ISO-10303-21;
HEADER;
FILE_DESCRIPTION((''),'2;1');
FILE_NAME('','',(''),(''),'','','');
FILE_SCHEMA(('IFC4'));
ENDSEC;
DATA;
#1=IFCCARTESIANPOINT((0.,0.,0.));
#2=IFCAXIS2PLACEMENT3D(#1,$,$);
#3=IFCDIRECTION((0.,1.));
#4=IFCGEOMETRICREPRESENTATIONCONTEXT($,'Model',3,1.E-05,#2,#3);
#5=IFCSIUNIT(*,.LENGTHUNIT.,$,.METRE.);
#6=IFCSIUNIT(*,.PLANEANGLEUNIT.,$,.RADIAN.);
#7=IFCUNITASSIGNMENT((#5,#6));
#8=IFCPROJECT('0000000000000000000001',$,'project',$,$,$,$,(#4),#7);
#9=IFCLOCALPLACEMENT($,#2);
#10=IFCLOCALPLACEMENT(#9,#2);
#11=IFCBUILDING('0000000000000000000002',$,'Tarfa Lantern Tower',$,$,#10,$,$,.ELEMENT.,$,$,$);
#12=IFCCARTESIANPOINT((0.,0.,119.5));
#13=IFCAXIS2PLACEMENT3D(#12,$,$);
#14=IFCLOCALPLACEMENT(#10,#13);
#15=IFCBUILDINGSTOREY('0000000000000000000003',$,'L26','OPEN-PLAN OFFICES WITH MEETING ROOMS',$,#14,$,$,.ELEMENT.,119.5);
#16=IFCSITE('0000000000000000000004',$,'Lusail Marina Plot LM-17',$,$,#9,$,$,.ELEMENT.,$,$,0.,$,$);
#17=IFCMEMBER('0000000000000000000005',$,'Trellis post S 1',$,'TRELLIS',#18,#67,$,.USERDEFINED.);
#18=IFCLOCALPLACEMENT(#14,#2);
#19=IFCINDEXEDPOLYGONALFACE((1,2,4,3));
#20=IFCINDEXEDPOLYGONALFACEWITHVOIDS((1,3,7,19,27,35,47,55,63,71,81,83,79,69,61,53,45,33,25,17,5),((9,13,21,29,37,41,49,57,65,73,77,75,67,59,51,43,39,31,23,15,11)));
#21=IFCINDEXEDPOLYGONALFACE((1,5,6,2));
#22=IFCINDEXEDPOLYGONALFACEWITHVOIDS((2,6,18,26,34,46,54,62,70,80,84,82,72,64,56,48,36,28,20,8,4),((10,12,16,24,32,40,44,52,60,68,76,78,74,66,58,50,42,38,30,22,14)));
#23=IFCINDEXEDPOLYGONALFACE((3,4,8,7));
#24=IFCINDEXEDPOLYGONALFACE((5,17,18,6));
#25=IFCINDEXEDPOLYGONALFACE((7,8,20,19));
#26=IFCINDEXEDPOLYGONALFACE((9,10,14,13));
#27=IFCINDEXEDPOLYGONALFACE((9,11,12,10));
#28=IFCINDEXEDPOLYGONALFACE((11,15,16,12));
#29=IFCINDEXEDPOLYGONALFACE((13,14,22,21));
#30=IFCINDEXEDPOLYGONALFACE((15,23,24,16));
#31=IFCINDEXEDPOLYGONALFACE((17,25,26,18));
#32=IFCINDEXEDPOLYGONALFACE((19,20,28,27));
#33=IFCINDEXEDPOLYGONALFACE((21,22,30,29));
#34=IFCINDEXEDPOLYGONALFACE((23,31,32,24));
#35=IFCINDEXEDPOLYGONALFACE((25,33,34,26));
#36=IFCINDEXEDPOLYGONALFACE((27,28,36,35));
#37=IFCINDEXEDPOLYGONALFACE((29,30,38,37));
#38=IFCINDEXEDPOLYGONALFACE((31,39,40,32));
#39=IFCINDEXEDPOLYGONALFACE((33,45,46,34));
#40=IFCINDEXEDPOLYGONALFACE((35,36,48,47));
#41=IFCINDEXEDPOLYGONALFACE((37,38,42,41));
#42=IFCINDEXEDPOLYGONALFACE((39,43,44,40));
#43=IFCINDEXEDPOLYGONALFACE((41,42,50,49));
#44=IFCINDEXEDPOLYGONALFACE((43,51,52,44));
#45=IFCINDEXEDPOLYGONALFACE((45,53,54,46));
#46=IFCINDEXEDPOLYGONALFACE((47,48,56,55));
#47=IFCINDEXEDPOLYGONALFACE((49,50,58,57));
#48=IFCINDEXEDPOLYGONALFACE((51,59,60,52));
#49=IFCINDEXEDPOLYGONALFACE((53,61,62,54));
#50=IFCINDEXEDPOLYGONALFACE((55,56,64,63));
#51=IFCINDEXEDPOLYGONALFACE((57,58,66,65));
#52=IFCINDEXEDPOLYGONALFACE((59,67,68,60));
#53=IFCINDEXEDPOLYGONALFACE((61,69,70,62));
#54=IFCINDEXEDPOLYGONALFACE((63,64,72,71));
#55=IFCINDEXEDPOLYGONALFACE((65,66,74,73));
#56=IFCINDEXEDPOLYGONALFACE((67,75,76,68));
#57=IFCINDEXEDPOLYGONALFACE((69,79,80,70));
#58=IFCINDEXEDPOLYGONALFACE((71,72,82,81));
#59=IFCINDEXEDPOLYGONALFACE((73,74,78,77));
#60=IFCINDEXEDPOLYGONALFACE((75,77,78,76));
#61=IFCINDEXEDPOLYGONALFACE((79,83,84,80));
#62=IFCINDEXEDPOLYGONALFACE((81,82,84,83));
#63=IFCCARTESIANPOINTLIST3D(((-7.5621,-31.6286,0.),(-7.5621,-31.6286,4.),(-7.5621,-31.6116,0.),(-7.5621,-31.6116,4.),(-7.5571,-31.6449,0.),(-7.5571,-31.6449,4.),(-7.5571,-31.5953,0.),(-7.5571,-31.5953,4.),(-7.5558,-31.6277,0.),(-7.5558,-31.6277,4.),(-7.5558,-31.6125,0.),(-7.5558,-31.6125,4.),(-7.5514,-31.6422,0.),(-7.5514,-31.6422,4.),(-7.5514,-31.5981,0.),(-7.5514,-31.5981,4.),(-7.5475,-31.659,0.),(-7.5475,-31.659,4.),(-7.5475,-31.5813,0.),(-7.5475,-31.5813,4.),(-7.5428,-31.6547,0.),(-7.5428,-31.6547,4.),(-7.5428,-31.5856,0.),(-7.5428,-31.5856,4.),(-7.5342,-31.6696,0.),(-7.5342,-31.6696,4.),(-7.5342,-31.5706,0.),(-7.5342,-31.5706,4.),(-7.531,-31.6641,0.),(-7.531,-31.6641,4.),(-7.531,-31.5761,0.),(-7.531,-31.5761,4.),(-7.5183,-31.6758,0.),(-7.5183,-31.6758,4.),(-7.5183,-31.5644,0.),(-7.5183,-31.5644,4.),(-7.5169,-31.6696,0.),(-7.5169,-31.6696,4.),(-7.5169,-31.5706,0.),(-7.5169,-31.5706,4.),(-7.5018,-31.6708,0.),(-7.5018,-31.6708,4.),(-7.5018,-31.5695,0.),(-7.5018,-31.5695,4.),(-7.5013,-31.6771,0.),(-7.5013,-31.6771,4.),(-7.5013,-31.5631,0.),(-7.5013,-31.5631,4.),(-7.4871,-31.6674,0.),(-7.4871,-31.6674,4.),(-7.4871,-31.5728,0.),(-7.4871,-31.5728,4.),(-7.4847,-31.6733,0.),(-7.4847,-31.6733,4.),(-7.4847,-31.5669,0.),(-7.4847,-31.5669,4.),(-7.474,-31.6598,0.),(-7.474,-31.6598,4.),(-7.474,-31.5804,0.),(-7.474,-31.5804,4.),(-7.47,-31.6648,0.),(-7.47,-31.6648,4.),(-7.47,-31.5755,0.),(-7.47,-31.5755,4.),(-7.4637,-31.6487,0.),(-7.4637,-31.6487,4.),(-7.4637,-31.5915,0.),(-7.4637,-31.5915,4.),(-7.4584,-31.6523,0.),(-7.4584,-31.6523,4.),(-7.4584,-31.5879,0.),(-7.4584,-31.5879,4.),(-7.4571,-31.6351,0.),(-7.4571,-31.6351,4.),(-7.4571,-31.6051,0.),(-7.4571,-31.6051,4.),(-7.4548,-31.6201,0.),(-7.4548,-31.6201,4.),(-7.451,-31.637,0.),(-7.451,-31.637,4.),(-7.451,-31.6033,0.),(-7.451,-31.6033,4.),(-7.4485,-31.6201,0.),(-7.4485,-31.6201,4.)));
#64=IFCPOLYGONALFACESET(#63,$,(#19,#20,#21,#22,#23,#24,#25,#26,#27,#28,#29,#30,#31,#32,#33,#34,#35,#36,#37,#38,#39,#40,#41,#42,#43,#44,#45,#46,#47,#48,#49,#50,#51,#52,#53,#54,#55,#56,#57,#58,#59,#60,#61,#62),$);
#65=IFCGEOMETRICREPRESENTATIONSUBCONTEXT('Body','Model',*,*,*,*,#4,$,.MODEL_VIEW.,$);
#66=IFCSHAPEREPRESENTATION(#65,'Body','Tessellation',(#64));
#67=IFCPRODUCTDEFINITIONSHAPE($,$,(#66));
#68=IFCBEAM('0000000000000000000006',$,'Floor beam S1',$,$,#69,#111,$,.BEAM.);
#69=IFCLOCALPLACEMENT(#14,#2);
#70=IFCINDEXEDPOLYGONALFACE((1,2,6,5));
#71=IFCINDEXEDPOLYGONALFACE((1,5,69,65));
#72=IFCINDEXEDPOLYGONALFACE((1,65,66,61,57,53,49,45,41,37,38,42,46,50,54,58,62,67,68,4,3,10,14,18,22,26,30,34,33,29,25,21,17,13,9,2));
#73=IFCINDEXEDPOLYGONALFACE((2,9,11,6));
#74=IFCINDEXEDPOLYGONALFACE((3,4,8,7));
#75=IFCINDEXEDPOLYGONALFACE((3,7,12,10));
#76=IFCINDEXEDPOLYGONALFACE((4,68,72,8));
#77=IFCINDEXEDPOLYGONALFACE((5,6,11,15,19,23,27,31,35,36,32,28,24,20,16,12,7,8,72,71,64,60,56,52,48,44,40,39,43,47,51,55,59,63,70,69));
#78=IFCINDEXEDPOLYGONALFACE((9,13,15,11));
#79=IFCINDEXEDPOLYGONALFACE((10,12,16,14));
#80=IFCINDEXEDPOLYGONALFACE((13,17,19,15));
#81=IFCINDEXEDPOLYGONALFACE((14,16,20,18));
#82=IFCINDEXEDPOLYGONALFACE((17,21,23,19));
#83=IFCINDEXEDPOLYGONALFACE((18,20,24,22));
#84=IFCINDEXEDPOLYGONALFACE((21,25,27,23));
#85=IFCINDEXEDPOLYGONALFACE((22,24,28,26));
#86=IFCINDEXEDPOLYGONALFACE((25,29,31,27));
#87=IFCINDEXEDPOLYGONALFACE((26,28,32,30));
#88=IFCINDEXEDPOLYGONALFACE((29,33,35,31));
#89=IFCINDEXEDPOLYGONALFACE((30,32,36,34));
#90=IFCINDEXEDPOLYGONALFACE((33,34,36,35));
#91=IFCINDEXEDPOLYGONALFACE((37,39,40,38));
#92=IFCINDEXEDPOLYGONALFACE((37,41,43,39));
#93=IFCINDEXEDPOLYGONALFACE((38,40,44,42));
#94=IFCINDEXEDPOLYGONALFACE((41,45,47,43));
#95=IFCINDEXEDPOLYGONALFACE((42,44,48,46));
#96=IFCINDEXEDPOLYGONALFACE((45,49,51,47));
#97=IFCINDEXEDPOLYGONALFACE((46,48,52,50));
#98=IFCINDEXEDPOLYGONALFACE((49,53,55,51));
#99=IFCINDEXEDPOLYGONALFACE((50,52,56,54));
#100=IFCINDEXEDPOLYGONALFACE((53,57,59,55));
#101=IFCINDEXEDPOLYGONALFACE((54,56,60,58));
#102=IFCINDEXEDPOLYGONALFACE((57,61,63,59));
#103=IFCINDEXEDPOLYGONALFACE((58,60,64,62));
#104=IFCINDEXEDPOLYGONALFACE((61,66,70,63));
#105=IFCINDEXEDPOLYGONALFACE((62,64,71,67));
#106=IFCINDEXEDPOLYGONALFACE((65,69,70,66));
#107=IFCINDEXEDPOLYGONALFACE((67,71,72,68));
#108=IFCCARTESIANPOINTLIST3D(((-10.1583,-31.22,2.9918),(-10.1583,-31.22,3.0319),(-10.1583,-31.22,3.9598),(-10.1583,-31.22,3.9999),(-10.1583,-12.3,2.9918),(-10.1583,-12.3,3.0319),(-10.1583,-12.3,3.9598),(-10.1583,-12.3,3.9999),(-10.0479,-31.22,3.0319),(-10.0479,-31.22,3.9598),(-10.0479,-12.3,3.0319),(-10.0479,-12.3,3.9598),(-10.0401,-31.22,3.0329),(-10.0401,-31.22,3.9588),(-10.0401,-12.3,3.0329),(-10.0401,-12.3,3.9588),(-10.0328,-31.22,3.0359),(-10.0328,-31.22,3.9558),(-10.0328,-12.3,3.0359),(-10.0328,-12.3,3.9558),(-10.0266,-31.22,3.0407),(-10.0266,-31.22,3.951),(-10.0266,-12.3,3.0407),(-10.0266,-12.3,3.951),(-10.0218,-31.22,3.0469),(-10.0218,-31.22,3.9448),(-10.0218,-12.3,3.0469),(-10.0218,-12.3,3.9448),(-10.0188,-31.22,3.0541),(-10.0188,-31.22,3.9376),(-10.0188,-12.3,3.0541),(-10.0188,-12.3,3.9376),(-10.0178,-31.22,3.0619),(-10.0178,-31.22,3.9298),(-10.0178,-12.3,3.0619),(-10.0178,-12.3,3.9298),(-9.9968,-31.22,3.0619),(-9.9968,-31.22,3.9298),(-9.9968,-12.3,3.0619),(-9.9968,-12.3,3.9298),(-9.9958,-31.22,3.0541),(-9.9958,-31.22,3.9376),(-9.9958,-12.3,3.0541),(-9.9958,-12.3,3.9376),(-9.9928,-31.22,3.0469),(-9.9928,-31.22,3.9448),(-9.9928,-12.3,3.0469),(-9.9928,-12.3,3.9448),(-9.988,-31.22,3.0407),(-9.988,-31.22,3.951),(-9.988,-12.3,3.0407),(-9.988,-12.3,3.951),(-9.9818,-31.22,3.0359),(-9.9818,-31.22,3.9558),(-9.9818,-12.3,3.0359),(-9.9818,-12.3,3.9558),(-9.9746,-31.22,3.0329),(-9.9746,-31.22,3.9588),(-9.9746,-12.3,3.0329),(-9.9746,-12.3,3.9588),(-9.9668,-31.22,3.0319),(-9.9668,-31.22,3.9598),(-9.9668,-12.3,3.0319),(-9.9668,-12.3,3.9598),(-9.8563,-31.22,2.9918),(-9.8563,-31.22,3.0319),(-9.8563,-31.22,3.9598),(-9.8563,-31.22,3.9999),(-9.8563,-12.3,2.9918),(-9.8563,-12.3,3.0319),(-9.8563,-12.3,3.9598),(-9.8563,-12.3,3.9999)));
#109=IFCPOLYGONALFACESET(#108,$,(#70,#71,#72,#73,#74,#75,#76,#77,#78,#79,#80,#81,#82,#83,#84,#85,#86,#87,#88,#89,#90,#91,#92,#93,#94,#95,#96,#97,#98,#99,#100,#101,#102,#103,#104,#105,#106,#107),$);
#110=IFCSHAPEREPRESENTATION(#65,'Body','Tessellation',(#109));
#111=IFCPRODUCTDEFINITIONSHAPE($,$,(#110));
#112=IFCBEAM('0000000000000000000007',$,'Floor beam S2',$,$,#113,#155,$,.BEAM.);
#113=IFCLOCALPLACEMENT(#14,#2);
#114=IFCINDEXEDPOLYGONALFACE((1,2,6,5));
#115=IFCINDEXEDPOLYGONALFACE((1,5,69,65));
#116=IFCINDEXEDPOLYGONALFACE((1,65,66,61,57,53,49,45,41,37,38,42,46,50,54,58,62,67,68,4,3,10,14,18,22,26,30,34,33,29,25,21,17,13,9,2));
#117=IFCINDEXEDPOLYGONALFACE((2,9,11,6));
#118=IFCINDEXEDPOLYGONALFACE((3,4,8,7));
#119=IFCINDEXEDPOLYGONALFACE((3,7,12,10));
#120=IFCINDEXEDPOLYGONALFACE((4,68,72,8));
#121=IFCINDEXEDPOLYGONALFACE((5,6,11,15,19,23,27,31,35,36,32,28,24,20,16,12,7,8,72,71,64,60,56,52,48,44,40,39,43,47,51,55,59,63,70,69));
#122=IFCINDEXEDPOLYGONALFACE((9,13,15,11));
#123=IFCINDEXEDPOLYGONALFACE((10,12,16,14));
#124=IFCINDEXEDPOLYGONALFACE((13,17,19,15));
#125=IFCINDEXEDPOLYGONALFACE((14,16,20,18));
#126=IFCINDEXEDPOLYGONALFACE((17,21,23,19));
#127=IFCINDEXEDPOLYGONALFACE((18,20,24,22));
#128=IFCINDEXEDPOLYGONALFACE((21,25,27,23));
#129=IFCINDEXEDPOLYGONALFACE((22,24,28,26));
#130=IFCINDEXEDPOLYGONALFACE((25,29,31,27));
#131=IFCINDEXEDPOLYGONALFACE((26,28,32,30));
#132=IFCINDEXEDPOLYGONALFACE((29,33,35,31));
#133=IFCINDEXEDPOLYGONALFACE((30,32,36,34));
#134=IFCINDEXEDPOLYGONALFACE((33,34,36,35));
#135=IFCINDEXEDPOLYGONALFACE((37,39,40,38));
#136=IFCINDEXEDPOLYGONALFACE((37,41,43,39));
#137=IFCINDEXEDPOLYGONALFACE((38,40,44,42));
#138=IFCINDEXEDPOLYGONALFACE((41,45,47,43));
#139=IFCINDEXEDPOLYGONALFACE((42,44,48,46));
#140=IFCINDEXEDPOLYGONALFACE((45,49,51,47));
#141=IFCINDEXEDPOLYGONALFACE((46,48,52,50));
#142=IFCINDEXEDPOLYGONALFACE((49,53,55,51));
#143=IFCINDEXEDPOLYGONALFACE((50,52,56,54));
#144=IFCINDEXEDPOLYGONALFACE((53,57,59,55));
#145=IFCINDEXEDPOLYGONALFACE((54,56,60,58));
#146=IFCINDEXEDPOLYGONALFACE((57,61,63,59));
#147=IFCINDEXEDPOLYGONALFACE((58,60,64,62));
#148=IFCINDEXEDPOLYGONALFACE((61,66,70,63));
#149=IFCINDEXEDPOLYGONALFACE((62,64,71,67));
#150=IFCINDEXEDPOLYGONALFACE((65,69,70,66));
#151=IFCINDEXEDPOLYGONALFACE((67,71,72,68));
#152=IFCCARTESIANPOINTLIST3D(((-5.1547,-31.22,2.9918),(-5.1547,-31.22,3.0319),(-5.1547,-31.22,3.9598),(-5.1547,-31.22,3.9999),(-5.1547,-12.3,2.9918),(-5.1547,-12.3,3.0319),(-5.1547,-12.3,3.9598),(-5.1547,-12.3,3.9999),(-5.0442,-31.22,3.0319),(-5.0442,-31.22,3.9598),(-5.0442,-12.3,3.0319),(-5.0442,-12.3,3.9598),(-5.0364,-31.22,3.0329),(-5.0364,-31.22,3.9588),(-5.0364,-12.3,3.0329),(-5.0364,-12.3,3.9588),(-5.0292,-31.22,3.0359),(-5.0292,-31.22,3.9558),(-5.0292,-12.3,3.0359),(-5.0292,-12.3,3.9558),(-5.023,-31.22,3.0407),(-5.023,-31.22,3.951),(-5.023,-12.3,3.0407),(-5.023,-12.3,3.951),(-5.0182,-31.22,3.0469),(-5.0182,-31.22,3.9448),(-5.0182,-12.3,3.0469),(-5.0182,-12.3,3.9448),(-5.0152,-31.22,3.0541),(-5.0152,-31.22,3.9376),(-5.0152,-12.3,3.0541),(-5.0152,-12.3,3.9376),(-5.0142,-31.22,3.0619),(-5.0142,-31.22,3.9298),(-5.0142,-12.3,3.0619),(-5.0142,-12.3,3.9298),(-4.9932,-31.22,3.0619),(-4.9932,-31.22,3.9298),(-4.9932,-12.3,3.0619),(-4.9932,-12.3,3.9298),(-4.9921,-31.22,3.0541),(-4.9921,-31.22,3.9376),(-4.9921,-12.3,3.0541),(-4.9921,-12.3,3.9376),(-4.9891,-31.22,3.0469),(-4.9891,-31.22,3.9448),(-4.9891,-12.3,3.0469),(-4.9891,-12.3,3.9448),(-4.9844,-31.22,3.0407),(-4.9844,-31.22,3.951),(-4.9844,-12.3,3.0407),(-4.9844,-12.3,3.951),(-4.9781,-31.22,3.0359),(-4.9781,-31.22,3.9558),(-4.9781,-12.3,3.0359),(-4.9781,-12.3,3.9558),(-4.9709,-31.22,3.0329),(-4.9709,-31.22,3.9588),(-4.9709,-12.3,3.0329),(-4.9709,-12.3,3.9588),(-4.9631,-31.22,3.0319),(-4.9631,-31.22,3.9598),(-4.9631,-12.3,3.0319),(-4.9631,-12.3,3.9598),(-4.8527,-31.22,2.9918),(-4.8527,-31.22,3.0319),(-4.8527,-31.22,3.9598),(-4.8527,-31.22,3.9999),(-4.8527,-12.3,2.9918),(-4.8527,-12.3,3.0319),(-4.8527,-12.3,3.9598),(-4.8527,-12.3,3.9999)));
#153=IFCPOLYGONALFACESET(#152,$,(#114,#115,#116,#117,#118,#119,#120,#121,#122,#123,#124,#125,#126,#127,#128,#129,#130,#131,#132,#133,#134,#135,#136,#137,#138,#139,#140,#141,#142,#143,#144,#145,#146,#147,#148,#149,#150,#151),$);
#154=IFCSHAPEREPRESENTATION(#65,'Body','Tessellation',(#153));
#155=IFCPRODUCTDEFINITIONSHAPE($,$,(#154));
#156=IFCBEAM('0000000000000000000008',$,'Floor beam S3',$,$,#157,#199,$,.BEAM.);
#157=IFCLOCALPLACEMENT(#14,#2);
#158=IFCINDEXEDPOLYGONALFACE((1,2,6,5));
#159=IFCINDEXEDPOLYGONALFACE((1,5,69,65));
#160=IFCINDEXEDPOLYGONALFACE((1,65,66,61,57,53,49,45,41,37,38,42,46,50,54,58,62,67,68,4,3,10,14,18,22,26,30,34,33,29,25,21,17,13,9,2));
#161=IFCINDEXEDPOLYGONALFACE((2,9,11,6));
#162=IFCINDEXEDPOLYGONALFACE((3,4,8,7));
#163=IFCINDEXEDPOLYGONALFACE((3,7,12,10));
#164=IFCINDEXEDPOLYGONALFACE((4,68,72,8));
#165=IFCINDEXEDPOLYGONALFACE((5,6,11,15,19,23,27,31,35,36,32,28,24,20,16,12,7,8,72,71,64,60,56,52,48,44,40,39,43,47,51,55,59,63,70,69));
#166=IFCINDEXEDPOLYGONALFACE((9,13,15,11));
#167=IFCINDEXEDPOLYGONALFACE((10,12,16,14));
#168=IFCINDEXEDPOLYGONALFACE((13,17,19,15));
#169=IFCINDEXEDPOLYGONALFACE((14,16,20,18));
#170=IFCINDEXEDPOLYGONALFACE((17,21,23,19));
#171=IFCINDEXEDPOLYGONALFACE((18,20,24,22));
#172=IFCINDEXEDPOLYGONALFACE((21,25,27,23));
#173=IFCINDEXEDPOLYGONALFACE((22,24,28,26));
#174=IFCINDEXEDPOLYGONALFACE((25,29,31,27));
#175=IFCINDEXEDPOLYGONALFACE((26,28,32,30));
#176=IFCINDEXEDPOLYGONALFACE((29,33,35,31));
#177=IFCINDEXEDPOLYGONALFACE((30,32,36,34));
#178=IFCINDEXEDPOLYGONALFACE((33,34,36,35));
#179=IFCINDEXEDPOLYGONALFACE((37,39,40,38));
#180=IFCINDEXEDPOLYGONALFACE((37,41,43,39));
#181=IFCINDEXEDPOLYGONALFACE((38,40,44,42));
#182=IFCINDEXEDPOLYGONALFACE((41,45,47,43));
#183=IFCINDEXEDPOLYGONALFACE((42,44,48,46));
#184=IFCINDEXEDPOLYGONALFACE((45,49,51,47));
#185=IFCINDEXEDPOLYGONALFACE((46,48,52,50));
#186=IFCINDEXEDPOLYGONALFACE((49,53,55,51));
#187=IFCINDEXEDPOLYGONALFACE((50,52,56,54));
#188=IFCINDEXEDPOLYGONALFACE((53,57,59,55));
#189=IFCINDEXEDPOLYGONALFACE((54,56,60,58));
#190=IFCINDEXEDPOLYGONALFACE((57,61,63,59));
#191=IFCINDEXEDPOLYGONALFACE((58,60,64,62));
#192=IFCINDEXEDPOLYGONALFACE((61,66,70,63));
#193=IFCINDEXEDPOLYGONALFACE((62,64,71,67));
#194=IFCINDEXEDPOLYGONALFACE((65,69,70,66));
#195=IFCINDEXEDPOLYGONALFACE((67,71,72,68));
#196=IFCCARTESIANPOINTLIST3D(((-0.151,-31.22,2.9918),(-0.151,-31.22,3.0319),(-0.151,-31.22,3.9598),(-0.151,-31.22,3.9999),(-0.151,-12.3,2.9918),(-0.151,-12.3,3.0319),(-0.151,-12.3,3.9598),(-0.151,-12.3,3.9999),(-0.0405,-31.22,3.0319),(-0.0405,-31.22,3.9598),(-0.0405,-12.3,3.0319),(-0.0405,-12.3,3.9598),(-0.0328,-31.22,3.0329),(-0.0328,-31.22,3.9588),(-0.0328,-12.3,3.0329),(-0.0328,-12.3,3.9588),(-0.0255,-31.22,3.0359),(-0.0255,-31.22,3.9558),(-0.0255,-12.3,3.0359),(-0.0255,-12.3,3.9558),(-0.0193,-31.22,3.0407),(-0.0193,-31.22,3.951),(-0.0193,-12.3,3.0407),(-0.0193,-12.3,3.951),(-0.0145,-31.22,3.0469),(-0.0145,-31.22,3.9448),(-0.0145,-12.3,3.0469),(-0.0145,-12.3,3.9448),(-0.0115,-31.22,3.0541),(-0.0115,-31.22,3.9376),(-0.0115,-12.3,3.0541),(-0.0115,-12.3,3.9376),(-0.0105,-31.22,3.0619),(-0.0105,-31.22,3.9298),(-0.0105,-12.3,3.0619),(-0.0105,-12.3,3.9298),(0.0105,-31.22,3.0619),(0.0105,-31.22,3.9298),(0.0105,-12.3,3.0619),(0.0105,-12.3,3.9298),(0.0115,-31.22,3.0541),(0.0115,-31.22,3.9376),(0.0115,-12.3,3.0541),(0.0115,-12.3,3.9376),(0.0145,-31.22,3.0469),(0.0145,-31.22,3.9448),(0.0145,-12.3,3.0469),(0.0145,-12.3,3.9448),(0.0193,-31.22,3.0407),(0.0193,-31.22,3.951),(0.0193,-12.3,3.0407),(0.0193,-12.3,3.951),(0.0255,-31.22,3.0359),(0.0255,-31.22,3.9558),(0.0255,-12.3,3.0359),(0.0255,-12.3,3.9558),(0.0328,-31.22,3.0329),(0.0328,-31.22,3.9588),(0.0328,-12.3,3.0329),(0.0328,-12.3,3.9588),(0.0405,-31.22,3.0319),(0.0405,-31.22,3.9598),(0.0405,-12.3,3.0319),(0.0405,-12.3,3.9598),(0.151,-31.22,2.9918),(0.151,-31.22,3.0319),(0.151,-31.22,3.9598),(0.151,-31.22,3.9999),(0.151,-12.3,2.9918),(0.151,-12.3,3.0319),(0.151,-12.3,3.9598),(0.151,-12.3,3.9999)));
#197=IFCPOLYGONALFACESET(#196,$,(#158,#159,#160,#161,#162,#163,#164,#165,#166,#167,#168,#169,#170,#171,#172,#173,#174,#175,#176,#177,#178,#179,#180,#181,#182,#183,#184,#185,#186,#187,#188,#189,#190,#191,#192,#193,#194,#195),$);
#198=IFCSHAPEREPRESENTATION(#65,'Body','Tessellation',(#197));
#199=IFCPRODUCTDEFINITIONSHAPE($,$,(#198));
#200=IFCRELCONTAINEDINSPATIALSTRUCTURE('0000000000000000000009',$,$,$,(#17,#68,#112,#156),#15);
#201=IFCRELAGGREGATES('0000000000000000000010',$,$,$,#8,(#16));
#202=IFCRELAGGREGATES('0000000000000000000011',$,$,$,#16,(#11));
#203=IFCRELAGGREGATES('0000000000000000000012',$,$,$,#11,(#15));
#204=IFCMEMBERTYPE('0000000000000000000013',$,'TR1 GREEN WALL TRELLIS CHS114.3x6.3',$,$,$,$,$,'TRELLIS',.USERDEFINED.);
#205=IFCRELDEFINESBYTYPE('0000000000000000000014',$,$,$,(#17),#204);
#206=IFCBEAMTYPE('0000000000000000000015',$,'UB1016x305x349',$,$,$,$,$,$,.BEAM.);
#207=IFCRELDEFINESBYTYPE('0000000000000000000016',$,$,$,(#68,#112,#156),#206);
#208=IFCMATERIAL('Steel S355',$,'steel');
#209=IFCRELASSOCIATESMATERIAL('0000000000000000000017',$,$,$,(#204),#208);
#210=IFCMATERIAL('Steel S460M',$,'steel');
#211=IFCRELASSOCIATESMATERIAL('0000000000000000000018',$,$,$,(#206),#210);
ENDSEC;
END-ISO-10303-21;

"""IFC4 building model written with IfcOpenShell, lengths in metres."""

from ifc_helpers import new_model, si_unit, direction, frame, origin, origin_2d, place, context, subcontext, project, spatial, hollow_circle, i_section, extrude, material, material_profile, profile_set, type_object, element, save


model = new_model("IFC4")

# Units and contexts
model_context = context("Model", 3, precision=1e-05, world=origin(), true_north=direction((0.0, 1.0)))
body_context = subcontext(model_context, "Body", "Model", "MODEL_VIEW")
ifc_project = project(units=[si_unit("LENGTHUNIT", "METRE"), si_unit("PLANEANGLEUNIT", "RADIAN")], contexts=[model_context])

# Site, building, storey
site_placement = place(None, origin())
site = spatial("IfcSite", under=ifc_project, at=site_placement, Name="Lusail Marina Plot LM-17", CompositionType="ELEMENT", RefElevation=0.0)
building_placement = place(site_placement, origin())
building = spatial("IfcBuilding", under=site, at=building_placement, Name="Tarfa Lantern Tower", CompositionType="ELEMENT")
storey_placement = place(building_placement, frame((0.0, 0.0, 119.5)))
storey = spatial("IfcBuildingStorey", under=building, at=storey_placement, Name="L26", Description="OPEN-PLAN OFFICES WITH MEETING ROOMS", CompositionType="ELEMENT", Elevation=119.5)

# Member
ifc_material_1 = material(Name="Steel S355", Category="steel")
ifc_material_profile_1 = material_profile(ifc_material_1, hollow_circle(Radius=0.0571, WallThickness=0.0063, at=origin_2d()), Name="CHS114.3x6.3")
ifc_profile_set_1 = profile_set([ifc_material_profile_1], Name="Steel S355")
member_type_1 = type_object("IfcMemberType", Name="TR1 GREEN WALL TRELLIS CHS114.3x6.3", ElementType="TRELLIS", PredefinedType="USERDEFINED", material=ifc_profile_set_1)
member_1_placement = place(storey_placement, frame((-7.5056, -31.6201, 0.0), z_axis=(0.0, 0.0, 1.0), x_axis=(1.0, 0.0, 0.0)))
element("IfcMember", 1, at=member_1_placement, inside=storey, type_object=member_type_1, Name="Trellis post S 1", ObjectType="TRELLIS", PredefinedType="USERDEFINED", context=body_context, shape_type="SweptSolid", body=[
    extrude(hollow_circle(Radius=0.0571, WallThickness=0.0063, at=origin_2d()), origin(), (0.0, 0.0, 1.0), 4.0),
])

# Beams
ifc_material_2 = material(Name="Steel S460M", Category="steel")
ifc_material_profile_2 = material_profile(ifc_material_2, i_section(OverallWidth=0.302, OverallDepth=1.0081, WebThickness=0.021, FlangeThickness=0.04, FilletRadius=0.03, at=origin_2d()), Name="UB1016x305x349")
ifc_profile_set_2 = profile_set([ifc_material_profile_2], Name="Steel S460M")
beam_type_1 = type_object("IfcBeamType", Name="UB1016x305x349", PredefinedType="BEAM", material=ifc_profile_set_2)
for number, where, z_axis, x_axis, name in (
    (2, (-10.0073, -31.22, 3.4958), (0.0, 1.0, 0.0), (-1.0, 0.0, 0.0), "Floor beam S1"),
    (3, (-5.0037, -31.22, 3.4958), (0.0, 1.0, 0.0), (-1.0, 0.0, 0.0), "Floor beam S2"),
    (4, (0.0, -31.22, 3.4958), (0.0, 1.0, 0.0), (-1.0, 0.0, 0.0), "Floor beam S3"),
):
    element("IfcBeam", number, at=place(storey_placement, frame(where, z_axis=z_axis, x_axis=x_axis)), inside=storey, type_object=beam_type_1, Name=name, PredefinedType="BEAM", context=body_context, shape_type="SweptSolid", body=[
        extrude(i_section(OverallWidth=0.302, OverallDepth=1.0081, WebThickness=0.021, FlangeThickness=0.04, FilletRadius=0.03, at=origin_2d()), origin(), (0.0, 0.0, 1.0), 18.9199),
    ])

save(model, "model.ifc")
